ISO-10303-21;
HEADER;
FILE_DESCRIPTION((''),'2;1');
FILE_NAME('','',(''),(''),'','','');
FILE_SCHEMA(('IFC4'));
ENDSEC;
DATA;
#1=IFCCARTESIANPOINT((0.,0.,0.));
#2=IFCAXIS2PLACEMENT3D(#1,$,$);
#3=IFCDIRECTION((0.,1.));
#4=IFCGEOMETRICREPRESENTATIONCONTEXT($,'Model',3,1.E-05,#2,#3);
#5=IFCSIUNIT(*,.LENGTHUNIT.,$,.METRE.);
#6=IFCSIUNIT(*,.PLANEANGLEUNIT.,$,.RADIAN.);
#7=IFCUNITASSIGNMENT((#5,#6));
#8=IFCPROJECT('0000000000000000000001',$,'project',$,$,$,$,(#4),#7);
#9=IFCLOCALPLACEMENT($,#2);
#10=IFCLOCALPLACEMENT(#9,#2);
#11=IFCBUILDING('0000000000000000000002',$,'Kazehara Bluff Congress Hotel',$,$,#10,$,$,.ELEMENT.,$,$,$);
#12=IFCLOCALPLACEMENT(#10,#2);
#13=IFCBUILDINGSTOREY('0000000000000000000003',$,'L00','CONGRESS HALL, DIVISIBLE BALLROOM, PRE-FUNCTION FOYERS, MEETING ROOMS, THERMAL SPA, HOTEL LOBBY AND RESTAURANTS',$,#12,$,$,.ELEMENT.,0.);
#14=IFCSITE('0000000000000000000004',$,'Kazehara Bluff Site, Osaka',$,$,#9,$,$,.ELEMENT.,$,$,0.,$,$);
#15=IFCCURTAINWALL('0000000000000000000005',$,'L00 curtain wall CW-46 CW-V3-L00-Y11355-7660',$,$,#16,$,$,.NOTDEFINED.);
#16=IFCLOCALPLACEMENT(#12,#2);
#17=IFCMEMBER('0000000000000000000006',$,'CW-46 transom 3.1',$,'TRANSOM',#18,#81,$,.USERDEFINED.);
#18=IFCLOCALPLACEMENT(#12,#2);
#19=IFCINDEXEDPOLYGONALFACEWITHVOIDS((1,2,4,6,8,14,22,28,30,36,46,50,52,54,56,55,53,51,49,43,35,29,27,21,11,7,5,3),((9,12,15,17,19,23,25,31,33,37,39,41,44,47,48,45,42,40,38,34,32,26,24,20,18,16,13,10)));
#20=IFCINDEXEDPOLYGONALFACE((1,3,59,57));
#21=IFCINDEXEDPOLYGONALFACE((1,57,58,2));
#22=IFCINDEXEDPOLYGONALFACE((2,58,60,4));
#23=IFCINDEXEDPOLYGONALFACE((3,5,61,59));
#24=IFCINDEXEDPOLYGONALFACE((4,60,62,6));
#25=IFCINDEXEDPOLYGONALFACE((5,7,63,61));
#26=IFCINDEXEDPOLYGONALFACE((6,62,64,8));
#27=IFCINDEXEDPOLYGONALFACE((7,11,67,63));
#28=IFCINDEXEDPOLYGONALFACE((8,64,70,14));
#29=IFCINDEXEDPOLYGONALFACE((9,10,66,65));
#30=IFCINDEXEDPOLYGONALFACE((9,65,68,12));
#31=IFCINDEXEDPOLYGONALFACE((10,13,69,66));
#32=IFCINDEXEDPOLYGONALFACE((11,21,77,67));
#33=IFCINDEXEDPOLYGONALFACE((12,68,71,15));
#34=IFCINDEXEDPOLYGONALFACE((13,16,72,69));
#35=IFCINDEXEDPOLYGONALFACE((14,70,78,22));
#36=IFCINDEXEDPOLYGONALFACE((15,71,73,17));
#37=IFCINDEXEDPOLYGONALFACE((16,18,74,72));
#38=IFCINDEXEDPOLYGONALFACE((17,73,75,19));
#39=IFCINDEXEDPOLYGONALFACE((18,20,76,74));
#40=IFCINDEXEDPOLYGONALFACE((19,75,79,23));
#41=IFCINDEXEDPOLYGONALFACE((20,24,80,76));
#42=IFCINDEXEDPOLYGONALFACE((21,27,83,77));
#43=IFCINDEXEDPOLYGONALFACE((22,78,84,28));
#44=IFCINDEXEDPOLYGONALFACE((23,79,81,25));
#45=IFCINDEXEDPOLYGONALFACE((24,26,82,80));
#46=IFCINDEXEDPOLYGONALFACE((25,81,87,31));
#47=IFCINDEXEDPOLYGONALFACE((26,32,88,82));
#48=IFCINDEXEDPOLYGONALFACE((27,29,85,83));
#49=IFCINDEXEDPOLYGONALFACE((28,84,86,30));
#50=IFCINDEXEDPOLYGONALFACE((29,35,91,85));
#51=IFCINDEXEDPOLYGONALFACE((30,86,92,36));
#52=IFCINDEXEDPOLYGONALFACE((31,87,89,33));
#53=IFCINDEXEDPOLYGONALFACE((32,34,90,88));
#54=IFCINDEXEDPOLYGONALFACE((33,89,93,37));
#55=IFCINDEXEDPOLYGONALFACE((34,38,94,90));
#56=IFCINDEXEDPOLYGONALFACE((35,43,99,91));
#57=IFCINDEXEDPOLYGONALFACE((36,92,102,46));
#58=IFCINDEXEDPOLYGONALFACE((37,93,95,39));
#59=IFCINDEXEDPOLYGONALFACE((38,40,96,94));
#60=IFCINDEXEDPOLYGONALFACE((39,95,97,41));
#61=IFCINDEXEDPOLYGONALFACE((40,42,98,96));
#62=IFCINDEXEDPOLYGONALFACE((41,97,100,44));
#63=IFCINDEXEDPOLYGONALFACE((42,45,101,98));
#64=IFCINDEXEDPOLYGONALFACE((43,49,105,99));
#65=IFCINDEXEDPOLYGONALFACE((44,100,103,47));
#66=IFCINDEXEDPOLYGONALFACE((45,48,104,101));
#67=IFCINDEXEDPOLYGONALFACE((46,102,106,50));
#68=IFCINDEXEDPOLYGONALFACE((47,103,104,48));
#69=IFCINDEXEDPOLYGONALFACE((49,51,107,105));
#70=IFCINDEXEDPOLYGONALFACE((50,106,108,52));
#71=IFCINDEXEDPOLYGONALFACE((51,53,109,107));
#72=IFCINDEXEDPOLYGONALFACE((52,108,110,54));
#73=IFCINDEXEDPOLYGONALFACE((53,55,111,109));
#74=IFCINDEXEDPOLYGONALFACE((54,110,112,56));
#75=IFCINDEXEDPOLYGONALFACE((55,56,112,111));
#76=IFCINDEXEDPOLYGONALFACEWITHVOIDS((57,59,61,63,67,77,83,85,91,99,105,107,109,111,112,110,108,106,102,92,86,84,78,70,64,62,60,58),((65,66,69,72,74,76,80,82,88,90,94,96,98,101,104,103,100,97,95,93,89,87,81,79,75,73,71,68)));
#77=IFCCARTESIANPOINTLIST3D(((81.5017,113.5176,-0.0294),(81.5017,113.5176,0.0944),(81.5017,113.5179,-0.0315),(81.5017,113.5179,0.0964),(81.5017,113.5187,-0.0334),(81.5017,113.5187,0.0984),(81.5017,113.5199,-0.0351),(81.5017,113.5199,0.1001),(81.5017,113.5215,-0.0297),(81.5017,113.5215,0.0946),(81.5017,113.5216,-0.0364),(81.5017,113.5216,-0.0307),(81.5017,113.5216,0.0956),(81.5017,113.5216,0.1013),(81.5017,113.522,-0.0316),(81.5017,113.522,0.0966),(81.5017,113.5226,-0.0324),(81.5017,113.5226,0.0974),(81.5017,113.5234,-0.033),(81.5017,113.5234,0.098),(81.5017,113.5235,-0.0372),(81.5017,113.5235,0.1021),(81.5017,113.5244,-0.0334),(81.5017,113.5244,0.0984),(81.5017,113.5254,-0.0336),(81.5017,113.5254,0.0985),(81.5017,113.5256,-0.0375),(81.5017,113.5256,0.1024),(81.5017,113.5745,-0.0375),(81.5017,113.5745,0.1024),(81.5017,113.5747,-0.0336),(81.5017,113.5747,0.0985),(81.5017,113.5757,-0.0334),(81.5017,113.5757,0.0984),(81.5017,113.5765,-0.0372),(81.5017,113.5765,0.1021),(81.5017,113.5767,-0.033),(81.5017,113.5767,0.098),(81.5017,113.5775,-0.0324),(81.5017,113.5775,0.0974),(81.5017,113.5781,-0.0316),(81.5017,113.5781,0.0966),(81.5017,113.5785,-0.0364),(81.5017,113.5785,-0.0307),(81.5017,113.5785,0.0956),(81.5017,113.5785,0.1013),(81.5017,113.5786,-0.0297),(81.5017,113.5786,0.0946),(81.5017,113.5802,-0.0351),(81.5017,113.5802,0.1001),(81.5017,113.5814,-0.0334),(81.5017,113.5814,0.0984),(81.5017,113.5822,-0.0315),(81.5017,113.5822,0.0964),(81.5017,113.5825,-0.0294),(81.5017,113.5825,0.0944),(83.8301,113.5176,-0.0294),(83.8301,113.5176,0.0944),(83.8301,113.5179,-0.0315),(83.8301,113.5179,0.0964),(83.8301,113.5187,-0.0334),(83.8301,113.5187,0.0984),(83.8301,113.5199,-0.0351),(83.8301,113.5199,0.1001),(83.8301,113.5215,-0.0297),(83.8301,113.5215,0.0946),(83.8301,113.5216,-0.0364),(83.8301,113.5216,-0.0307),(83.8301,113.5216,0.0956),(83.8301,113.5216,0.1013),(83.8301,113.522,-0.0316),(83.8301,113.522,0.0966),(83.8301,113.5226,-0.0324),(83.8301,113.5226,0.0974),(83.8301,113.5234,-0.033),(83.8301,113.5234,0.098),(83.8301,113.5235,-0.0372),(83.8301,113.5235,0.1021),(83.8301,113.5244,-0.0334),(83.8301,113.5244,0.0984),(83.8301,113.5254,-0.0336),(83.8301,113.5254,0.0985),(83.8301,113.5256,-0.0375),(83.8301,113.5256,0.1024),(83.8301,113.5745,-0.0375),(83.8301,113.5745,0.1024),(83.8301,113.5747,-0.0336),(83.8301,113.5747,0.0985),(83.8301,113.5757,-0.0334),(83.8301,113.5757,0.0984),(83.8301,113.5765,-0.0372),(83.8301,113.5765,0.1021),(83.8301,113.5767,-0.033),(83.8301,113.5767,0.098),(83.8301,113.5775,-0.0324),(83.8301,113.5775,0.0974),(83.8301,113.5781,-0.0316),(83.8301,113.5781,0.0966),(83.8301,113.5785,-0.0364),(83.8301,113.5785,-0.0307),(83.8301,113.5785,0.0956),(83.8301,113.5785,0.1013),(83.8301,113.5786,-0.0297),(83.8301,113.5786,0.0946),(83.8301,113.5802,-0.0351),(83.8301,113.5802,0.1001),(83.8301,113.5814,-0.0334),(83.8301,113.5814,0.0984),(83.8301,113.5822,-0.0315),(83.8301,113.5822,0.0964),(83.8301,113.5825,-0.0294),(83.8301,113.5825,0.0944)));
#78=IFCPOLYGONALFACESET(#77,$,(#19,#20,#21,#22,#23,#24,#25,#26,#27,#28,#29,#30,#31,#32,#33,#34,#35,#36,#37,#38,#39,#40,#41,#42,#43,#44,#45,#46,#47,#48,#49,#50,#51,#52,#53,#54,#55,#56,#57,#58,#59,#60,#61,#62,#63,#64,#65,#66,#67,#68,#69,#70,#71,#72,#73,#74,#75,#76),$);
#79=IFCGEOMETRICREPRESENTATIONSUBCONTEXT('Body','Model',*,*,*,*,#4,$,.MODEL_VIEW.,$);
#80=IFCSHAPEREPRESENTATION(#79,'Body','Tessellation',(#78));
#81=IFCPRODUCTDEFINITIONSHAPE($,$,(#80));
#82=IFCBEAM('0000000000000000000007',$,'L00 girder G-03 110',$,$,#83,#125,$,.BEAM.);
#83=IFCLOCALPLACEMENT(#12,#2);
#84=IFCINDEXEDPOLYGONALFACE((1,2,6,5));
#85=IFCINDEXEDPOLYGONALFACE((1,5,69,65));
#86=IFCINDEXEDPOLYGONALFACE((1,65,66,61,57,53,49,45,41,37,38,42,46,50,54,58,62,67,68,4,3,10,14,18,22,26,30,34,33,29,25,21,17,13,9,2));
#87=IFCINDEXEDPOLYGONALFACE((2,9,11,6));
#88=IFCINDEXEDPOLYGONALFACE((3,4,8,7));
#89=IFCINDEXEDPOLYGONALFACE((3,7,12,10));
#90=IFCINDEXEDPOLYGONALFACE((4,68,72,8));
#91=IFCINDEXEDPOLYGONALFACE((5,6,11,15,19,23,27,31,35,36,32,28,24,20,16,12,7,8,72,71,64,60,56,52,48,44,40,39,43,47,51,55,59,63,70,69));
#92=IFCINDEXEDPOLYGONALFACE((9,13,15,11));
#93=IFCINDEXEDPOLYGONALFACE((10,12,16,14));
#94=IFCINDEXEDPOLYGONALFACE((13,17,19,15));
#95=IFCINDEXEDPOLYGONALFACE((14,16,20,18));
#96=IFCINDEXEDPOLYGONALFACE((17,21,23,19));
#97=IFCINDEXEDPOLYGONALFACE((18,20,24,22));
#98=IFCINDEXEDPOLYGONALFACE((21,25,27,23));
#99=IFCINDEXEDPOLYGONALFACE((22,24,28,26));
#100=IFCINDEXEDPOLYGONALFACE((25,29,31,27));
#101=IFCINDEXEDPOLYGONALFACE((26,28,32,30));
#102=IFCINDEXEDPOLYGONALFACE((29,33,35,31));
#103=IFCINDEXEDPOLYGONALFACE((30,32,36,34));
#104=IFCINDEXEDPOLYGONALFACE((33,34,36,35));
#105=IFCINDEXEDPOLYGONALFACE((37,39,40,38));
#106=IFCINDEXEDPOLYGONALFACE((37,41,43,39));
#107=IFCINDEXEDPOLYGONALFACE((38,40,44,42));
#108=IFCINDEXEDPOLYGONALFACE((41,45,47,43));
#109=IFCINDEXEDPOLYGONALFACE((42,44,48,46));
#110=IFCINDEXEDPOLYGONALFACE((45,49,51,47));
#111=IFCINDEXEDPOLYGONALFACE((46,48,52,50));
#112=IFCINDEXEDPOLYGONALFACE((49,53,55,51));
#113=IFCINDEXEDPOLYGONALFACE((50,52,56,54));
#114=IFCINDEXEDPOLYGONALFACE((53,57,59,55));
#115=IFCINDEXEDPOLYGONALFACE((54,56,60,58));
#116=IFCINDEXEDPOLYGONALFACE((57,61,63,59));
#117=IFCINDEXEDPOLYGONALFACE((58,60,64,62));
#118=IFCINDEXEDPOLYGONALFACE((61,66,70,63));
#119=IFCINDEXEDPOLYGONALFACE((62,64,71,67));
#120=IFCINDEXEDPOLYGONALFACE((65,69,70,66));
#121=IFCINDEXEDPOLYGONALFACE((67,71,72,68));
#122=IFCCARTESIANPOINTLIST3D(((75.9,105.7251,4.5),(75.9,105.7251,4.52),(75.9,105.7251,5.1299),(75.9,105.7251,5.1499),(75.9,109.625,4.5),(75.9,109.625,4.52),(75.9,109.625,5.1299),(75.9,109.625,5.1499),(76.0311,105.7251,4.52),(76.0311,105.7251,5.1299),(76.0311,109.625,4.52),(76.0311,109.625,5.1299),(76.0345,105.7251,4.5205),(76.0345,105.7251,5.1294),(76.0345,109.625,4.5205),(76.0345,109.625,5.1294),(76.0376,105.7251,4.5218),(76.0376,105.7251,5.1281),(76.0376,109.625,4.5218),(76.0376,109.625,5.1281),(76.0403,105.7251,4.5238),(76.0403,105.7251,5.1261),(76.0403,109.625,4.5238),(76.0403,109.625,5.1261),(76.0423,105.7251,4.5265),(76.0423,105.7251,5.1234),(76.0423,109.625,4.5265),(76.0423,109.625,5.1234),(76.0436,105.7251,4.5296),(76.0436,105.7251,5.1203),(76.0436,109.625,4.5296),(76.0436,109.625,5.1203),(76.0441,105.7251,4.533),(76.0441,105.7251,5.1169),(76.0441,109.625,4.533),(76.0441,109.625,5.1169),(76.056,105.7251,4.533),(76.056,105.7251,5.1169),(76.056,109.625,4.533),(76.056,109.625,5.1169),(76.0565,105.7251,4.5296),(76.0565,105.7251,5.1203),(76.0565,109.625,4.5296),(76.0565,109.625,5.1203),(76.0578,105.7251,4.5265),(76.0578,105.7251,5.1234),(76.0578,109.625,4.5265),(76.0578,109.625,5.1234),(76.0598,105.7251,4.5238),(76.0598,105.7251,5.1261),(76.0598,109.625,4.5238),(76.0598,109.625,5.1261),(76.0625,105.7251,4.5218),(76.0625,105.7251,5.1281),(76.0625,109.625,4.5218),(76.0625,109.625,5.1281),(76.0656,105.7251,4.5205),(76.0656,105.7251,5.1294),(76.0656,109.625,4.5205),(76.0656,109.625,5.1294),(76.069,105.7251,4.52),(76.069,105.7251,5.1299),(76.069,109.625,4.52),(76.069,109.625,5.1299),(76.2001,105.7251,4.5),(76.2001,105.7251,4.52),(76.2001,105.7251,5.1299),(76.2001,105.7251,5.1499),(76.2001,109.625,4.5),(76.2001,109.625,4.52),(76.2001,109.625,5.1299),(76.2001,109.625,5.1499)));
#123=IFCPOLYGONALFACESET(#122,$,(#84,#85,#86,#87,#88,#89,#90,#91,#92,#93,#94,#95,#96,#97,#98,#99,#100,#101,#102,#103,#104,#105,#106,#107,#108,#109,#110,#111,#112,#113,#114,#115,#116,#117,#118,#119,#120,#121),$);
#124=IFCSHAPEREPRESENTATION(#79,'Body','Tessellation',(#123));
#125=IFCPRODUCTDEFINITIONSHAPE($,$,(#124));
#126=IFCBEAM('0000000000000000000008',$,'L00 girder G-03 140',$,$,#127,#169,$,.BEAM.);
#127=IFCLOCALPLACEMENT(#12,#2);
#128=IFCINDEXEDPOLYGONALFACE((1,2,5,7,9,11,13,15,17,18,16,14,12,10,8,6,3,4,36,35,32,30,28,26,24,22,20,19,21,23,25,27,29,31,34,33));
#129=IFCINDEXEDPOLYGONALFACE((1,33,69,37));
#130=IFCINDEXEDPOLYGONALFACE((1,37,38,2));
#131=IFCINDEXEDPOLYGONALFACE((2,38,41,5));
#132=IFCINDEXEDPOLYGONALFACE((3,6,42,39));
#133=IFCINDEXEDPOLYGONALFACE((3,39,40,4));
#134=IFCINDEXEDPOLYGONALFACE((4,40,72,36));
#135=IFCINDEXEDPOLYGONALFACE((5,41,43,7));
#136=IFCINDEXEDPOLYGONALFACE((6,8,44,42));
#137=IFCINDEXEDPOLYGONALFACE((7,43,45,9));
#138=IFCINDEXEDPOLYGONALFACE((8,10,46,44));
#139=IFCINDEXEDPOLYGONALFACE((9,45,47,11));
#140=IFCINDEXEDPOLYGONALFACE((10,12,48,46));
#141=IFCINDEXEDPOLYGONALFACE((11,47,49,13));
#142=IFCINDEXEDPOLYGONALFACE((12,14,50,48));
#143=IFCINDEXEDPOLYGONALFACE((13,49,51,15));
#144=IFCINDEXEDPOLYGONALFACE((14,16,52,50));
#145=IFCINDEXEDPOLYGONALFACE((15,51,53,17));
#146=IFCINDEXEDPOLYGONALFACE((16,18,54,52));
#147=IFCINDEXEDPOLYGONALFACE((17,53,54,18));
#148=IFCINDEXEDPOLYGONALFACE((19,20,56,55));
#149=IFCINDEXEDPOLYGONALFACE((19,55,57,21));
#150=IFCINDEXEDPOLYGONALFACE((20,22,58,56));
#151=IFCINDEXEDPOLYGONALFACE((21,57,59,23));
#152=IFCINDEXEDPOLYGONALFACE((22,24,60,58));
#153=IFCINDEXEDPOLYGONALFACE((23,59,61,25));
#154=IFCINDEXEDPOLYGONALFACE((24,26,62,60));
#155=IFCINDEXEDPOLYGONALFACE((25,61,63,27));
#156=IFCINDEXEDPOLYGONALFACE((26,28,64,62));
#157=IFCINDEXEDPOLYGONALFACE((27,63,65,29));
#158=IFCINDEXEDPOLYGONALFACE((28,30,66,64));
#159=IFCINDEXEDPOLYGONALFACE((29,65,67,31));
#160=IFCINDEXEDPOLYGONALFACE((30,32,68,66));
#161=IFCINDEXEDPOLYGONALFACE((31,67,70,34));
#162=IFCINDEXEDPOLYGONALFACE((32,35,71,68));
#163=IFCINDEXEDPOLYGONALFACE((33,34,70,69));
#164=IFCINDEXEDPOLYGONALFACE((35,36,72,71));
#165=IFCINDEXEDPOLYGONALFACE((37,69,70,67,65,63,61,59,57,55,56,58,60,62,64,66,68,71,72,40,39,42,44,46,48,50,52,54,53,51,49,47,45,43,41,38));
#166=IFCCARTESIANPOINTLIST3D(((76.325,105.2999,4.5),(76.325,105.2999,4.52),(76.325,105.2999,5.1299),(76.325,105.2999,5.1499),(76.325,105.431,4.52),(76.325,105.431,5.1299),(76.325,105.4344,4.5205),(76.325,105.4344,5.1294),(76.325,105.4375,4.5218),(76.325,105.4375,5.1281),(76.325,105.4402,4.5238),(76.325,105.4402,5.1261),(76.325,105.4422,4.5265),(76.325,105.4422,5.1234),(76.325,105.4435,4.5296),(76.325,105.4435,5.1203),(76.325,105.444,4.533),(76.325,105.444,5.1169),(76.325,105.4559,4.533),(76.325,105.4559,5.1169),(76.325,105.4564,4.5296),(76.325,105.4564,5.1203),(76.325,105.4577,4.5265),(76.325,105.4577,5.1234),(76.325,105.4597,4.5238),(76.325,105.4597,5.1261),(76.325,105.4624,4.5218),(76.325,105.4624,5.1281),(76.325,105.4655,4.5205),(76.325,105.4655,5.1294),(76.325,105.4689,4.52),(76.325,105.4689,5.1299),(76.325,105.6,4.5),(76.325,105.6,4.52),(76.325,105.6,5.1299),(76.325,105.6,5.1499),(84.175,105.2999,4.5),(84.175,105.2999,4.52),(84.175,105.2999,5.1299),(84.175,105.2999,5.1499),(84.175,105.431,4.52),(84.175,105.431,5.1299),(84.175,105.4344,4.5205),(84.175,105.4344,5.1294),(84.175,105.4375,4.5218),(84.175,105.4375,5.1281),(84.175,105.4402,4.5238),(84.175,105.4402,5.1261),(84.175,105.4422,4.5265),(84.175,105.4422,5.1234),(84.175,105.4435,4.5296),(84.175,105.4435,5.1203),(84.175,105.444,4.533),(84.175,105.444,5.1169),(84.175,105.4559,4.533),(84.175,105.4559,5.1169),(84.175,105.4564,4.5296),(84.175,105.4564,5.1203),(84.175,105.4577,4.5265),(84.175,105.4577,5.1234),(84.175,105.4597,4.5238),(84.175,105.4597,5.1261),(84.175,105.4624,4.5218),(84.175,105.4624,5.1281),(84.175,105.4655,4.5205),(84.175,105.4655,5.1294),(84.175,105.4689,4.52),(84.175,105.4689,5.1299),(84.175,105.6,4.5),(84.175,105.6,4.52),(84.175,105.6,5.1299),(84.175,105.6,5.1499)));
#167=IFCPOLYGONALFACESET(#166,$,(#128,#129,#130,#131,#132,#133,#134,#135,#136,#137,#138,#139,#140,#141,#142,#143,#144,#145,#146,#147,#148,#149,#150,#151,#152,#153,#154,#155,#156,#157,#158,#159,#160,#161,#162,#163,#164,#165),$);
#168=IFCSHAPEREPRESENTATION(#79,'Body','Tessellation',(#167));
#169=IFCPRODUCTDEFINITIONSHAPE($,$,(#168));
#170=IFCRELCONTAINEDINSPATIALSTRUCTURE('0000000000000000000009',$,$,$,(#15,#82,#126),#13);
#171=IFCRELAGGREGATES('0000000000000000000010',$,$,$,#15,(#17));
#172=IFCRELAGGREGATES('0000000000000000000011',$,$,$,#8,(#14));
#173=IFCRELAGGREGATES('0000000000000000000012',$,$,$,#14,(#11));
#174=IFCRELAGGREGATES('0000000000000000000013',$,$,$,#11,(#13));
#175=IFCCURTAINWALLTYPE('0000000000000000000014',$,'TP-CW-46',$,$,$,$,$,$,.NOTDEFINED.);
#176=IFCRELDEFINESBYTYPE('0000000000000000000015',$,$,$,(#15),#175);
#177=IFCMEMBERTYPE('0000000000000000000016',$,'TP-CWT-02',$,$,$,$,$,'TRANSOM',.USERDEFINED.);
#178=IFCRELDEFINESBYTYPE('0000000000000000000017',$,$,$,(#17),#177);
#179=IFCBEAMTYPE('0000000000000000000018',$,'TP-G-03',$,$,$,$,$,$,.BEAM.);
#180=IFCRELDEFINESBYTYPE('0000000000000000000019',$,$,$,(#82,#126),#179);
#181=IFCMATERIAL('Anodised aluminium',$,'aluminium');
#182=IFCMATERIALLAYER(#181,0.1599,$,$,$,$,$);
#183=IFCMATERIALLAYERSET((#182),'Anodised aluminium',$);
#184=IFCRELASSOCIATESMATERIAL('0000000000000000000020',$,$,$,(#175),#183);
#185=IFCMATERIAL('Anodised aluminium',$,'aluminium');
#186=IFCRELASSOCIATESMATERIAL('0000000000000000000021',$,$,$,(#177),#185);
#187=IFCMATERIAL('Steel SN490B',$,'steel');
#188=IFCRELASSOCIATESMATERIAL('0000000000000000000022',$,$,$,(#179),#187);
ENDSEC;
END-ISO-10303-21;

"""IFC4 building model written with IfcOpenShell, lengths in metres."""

from ifc_helpers import new_model, si_unit, direction, frame, origin, origin_2d, place, context, subcontext, project, spatial, hollow_rectangle, i_section, extrude, material, layer, layer_set, material_profile, profile_set, type_object, element, aggregate, save


model = new_model("IFC4")

# Units and contexts
model_context = context("Model", 3, precision=1e-05, world=origin(), true_north=direction((0.0, 1.0)))
body_context = subcontext(model_context, "Body", "Model", "MODEL_VIEW")
ifc_project = project(units=[si_unit("LENGTHUNIT", "METRE"), si_unit("PLANEANGLEUNIT", "RADIAN")], contexts=[model_context])

# Site, building, storey
site_placement = place(None, origin())
site = spatial("IfcSite", under=ifc_project, at=site_placement, Name="Kazehara Bluff Site, Osaka", CompositionType="ELEMENT", RefElevation=0.0)
building_placement = place(site_placement, origin())
building = spatial("IfcBuilding", under=site, at=building_placement, Name="Kazehara Bluff Congress Hotel", CompositionType="ELEMENT")
storey_placement = place(building_placement, origin())
storey = spatial("IfcBuildingStorey", under=building, at=storey_placement, Name="L00", Description="CONGRESS HALL, DIVISIBLE BALLROOM, PRE-FUNCTION FOYERS, MEETING ROOMS, THERMAL SPA, HOTEL LOBBY AND RESTAURANTS", CompositionType="ELEMENT", Elevation=0.0)

# Curtain wall, member
ifc_material_1 = material(Name="Anodised aluminium", Category="aluminium")
ifc_layer_1 = layer(ifc_material_1, 0.1599)
ifc_layer_set_1 = layer_set([ifc_layer_1], Name="Anodised aluminium")
curtain_wall_type_1 = type_object("IfcCurtainWallType", Name="TP-CW-46", PredefinedType="NOTDEFINED", material=ifc_layer_set_1)
curtain_wall_1_placement = place(storey_placement, origin())
curtain_wall_1 = element("IfcCurtainWall", 1, at=curtain_wall_1_placement, inside=storey, type_object=curtain_wall_type_1, Name="L00 curtain wall CW-46 CW-V3-L00-Y11355-7660", PredefinedType="NOTDEFINED")
ifc_material_2 = material(Name="Anodised aluminium", Category="aluminium")
ifc_material_profile_1 = material_profile(ifc_material_2, hollow_rectangle(XDim=0.0649, YDim=0.1399, WallThickness=0.0039, InnerFilletRadius=0.0039, OuterFilletRadius=0.0081, at=origin_2d()))
ifc_profile_set_1 = profile_set([ifc_material_profile_1], Name="Anodised aluminium")
member_type_1 = type_object("IfcMemberType", Name="TP-CWT-02", ElementType="TRANSOM", PredefinedType="USERDEFINED", material=ifc_profile_set_1)
member_1_placement = place(storey_placement, frame((81.5017, 113.55, 0.0325), z_axis=(1.0, 0.0, 0.0), x_axis=(0.0, 1.0, 0.0)))
member_1 = element("IfcMember", 2, at=member_1_placement, type_object=member_type_1, Name="CW-46 transom 3.1", ObjectType="TRANSOM", PredefinedType="USERDEFINED", context=body_context, shape_type="SweptSolid", body=[
    extrude(hollow_rectangle(XDim=0.0649, YDim=0.1399, WallThickness=0.0039, InnerFilletRadius=0.0039, OuterFilletRadius=0.0081, at=origin_2d()), origin(), (0.0, 0.0, 1.0), 2.3284),
])

# Beams
ifc_material_3 = material(Name="Steel SN490B", Category="steel")
ifc_material_profile_2 = material_profile(ifc_material_3, i_section(OverallWidth=0.3, OverallDepth=0.6499, WebThickness=0.012, FlangeThickness=0.02, FilletRadius=0.0129, at=origin_2d()))
ifc_profile_set_2 = profile_set([ifc_material_profile_2], Name="Steel SN490B")
beam_type_1 = type_object("IfcBeamType", Name="TP-G-03", PredefinedType="BEAM", material=ifc_profile_set_2)
beam_placement = place(storey_placement, frame((76.05, 105.7251, 4.825), z_axis=(0.0, 1.0, 0.0), x_axis=(-1.0, 0.0, 0.0)))
element("IfcBeam", 3, at=beam_placement, inside=storey, type_object=beam_type_1, Name="L00 girder G-03 110", PredefinedType="BEAM", context=body_context, shape_type="SweptSolid", body=[
    extrude(i_section(OverallWidth=0.3, OverallDepth=0.6499, WebThickness=0.012, FlangeThickness=0.02, FilletRadius=0.0129, at=origin_2d()), origin(), (0.0, 0.0, 1.0), 3.8999),
])
for number, where, z_axis, x_axis, name in (
    (4, (76.325, 105.45, 4.825), (1.0, 0.0, 0.0), (0.0, 1.0, 0.0), "L00 girder G-03 140"),
):
    element("IfcBeam", number, at=place(storey_placement, frame(where, z_axis=z_axis, x_axis=x_axis)), inside=storey, type_object=beam_type_1, Name=name, PredefinedType="BEAM", context=body_context, shape_type="SweptSolid", body=[
        extrude(i_section(OverallWidth=0.3, OverallDepth=0.6499, WebThickness=0.012, FlangeThickness=0.02, FilletRadius=0.0129, at=origin_2d()), origin(), (0.0, 0.0, 1.0), 7.8501),
    ])

aggregate(curtain_wall_1, [member_1])

save(model, "model.ifc")
